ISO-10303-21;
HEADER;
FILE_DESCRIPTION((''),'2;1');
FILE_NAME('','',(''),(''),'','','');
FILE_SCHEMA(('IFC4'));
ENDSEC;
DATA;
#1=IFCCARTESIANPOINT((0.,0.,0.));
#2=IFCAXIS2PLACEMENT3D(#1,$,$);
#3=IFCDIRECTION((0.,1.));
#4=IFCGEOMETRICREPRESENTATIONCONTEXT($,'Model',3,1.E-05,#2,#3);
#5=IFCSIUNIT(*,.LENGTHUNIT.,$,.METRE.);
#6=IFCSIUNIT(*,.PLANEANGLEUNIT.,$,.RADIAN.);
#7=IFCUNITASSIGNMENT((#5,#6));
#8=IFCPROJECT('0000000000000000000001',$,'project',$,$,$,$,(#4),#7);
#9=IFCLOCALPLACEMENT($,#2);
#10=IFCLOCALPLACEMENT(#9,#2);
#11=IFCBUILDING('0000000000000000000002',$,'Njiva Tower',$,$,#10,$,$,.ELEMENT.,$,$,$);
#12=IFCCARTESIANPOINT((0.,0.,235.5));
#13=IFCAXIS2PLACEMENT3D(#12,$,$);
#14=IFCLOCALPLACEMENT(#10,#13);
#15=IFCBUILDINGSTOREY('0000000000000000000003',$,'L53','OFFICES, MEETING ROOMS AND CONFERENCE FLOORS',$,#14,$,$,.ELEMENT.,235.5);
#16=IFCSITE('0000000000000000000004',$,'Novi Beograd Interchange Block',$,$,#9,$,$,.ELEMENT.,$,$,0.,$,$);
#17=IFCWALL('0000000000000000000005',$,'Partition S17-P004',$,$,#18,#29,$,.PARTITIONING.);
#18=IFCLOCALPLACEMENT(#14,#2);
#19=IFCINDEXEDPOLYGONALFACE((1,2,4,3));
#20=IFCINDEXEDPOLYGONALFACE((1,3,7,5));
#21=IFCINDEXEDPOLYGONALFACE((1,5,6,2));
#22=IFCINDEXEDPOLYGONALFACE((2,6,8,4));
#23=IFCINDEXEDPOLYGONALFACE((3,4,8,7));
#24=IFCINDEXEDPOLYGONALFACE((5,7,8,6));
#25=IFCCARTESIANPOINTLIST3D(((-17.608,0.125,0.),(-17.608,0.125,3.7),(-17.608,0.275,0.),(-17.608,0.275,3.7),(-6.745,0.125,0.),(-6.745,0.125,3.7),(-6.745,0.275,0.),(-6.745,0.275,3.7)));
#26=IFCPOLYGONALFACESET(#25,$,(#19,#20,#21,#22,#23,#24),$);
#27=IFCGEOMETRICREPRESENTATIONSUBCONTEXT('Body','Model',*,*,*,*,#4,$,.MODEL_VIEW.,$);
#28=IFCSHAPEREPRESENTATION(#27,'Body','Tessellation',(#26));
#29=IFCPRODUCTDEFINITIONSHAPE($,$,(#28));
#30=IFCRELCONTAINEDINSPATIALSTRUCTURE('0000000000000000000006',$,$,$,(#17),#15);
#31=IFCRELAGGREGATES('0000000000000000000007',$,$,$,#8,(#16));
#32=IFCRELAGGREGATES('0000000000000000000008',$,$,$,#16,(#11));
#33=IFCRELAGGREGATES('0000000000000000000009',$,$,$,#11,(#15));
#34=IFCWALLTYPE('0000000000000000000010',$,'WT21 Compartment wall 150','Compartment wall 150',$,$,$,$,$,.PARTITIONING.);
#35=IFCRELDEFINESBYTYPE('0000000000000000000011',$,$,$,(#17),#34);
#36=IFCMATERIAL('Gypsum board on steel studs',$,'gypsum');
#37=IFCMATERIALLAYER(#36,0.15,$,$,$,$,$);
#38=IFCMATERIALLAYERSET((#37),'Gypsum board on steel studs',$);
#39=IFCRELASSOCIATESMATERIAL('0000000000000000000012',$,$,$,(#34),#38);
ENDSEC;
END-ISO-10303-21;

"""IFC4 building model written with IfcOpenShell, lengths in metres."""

from ifc_helpers import new_model, si_unit, direction, frame, frame_2d, origin, place, context, subcontext, project, spatial, rectangle, extrude, material, layer, layer_set, type_object, element, save


model = new_model("IFC4")

# Units and contexts
model_context = context("Model", 3, precision=1e-05, world=origin(), true_north=direction((0.0, 1.0)))
body_context = subcontext(model_context, "Body", "Model", "MODEL_VIEW")
ifc_project = project(units=[si_unit("LENGTHUNIT", "METRE"), si_unit("PLANEANGLEUNIT", "RADIAN")], contexts=[model_context])

# Site, building, storey
site_placement = place(None, origin())
site = spatial("IfcSite", under=ifc_project, at=site_placement, Name="Novi Beograd Interchange Block", CompositionType="ELEMENT", RefElevation=0.0)
building_placement = place(site_placement, origin())
building = spatial("IfcBuilding", under=site, at=building_placement, Name="Njiva Tower", CompositionType="ELEMENT")
storey_placement = place(building_placement, frame((0.0, 0.0, 235.5)))
storey = spatial("IfcBuildingStorey", under=building, at=storey_placement, Name="L53", Description="OFFICES, MEETING ROOMS AND CONFERENCE FLOORS", CompositionType="ELEMENT", Elevation=235.5)

# Shared definitions
ifc_material_1 = material(Name="Gypsum board on steel studs", Category="gypsum")
ifc_layer_1 = layer(ifc_material_1, 0.15)
ifc_layer_set_1 = layer_set([ifc_layer_1], Name="Gypsum board on steel studs")
wall_type_1 = type_object("IfcWallType", Name="WT21 Compartment wall 150", Description="Compartment wall 150", PredefinedType="PARTITIONING", material=ifc_layer_set_1)

# Wall
wall_1_placement = place(storey_placement, frame((-17.608, 0.2, 0.0), z_axis=(0.0, 0.0, 1.0), x_axis=(1.0, 0.0, 0.0)))
element("IfcWall", 1, at=wall_1_placement, inside=storey, type_object=wall_type_1, Name="Partition S17-P004", PredefinedType="PARTITIONING", context=body_context, shape_type="SweptSolid", body=[
    extrude(rectangle(XDim=10.863, YDim=0.15, at=frame_2d((5.4315, 0.0))), origin(), (0.0, 0.0, 1.0), 3.7),
])

save(model, "model.ifc")
